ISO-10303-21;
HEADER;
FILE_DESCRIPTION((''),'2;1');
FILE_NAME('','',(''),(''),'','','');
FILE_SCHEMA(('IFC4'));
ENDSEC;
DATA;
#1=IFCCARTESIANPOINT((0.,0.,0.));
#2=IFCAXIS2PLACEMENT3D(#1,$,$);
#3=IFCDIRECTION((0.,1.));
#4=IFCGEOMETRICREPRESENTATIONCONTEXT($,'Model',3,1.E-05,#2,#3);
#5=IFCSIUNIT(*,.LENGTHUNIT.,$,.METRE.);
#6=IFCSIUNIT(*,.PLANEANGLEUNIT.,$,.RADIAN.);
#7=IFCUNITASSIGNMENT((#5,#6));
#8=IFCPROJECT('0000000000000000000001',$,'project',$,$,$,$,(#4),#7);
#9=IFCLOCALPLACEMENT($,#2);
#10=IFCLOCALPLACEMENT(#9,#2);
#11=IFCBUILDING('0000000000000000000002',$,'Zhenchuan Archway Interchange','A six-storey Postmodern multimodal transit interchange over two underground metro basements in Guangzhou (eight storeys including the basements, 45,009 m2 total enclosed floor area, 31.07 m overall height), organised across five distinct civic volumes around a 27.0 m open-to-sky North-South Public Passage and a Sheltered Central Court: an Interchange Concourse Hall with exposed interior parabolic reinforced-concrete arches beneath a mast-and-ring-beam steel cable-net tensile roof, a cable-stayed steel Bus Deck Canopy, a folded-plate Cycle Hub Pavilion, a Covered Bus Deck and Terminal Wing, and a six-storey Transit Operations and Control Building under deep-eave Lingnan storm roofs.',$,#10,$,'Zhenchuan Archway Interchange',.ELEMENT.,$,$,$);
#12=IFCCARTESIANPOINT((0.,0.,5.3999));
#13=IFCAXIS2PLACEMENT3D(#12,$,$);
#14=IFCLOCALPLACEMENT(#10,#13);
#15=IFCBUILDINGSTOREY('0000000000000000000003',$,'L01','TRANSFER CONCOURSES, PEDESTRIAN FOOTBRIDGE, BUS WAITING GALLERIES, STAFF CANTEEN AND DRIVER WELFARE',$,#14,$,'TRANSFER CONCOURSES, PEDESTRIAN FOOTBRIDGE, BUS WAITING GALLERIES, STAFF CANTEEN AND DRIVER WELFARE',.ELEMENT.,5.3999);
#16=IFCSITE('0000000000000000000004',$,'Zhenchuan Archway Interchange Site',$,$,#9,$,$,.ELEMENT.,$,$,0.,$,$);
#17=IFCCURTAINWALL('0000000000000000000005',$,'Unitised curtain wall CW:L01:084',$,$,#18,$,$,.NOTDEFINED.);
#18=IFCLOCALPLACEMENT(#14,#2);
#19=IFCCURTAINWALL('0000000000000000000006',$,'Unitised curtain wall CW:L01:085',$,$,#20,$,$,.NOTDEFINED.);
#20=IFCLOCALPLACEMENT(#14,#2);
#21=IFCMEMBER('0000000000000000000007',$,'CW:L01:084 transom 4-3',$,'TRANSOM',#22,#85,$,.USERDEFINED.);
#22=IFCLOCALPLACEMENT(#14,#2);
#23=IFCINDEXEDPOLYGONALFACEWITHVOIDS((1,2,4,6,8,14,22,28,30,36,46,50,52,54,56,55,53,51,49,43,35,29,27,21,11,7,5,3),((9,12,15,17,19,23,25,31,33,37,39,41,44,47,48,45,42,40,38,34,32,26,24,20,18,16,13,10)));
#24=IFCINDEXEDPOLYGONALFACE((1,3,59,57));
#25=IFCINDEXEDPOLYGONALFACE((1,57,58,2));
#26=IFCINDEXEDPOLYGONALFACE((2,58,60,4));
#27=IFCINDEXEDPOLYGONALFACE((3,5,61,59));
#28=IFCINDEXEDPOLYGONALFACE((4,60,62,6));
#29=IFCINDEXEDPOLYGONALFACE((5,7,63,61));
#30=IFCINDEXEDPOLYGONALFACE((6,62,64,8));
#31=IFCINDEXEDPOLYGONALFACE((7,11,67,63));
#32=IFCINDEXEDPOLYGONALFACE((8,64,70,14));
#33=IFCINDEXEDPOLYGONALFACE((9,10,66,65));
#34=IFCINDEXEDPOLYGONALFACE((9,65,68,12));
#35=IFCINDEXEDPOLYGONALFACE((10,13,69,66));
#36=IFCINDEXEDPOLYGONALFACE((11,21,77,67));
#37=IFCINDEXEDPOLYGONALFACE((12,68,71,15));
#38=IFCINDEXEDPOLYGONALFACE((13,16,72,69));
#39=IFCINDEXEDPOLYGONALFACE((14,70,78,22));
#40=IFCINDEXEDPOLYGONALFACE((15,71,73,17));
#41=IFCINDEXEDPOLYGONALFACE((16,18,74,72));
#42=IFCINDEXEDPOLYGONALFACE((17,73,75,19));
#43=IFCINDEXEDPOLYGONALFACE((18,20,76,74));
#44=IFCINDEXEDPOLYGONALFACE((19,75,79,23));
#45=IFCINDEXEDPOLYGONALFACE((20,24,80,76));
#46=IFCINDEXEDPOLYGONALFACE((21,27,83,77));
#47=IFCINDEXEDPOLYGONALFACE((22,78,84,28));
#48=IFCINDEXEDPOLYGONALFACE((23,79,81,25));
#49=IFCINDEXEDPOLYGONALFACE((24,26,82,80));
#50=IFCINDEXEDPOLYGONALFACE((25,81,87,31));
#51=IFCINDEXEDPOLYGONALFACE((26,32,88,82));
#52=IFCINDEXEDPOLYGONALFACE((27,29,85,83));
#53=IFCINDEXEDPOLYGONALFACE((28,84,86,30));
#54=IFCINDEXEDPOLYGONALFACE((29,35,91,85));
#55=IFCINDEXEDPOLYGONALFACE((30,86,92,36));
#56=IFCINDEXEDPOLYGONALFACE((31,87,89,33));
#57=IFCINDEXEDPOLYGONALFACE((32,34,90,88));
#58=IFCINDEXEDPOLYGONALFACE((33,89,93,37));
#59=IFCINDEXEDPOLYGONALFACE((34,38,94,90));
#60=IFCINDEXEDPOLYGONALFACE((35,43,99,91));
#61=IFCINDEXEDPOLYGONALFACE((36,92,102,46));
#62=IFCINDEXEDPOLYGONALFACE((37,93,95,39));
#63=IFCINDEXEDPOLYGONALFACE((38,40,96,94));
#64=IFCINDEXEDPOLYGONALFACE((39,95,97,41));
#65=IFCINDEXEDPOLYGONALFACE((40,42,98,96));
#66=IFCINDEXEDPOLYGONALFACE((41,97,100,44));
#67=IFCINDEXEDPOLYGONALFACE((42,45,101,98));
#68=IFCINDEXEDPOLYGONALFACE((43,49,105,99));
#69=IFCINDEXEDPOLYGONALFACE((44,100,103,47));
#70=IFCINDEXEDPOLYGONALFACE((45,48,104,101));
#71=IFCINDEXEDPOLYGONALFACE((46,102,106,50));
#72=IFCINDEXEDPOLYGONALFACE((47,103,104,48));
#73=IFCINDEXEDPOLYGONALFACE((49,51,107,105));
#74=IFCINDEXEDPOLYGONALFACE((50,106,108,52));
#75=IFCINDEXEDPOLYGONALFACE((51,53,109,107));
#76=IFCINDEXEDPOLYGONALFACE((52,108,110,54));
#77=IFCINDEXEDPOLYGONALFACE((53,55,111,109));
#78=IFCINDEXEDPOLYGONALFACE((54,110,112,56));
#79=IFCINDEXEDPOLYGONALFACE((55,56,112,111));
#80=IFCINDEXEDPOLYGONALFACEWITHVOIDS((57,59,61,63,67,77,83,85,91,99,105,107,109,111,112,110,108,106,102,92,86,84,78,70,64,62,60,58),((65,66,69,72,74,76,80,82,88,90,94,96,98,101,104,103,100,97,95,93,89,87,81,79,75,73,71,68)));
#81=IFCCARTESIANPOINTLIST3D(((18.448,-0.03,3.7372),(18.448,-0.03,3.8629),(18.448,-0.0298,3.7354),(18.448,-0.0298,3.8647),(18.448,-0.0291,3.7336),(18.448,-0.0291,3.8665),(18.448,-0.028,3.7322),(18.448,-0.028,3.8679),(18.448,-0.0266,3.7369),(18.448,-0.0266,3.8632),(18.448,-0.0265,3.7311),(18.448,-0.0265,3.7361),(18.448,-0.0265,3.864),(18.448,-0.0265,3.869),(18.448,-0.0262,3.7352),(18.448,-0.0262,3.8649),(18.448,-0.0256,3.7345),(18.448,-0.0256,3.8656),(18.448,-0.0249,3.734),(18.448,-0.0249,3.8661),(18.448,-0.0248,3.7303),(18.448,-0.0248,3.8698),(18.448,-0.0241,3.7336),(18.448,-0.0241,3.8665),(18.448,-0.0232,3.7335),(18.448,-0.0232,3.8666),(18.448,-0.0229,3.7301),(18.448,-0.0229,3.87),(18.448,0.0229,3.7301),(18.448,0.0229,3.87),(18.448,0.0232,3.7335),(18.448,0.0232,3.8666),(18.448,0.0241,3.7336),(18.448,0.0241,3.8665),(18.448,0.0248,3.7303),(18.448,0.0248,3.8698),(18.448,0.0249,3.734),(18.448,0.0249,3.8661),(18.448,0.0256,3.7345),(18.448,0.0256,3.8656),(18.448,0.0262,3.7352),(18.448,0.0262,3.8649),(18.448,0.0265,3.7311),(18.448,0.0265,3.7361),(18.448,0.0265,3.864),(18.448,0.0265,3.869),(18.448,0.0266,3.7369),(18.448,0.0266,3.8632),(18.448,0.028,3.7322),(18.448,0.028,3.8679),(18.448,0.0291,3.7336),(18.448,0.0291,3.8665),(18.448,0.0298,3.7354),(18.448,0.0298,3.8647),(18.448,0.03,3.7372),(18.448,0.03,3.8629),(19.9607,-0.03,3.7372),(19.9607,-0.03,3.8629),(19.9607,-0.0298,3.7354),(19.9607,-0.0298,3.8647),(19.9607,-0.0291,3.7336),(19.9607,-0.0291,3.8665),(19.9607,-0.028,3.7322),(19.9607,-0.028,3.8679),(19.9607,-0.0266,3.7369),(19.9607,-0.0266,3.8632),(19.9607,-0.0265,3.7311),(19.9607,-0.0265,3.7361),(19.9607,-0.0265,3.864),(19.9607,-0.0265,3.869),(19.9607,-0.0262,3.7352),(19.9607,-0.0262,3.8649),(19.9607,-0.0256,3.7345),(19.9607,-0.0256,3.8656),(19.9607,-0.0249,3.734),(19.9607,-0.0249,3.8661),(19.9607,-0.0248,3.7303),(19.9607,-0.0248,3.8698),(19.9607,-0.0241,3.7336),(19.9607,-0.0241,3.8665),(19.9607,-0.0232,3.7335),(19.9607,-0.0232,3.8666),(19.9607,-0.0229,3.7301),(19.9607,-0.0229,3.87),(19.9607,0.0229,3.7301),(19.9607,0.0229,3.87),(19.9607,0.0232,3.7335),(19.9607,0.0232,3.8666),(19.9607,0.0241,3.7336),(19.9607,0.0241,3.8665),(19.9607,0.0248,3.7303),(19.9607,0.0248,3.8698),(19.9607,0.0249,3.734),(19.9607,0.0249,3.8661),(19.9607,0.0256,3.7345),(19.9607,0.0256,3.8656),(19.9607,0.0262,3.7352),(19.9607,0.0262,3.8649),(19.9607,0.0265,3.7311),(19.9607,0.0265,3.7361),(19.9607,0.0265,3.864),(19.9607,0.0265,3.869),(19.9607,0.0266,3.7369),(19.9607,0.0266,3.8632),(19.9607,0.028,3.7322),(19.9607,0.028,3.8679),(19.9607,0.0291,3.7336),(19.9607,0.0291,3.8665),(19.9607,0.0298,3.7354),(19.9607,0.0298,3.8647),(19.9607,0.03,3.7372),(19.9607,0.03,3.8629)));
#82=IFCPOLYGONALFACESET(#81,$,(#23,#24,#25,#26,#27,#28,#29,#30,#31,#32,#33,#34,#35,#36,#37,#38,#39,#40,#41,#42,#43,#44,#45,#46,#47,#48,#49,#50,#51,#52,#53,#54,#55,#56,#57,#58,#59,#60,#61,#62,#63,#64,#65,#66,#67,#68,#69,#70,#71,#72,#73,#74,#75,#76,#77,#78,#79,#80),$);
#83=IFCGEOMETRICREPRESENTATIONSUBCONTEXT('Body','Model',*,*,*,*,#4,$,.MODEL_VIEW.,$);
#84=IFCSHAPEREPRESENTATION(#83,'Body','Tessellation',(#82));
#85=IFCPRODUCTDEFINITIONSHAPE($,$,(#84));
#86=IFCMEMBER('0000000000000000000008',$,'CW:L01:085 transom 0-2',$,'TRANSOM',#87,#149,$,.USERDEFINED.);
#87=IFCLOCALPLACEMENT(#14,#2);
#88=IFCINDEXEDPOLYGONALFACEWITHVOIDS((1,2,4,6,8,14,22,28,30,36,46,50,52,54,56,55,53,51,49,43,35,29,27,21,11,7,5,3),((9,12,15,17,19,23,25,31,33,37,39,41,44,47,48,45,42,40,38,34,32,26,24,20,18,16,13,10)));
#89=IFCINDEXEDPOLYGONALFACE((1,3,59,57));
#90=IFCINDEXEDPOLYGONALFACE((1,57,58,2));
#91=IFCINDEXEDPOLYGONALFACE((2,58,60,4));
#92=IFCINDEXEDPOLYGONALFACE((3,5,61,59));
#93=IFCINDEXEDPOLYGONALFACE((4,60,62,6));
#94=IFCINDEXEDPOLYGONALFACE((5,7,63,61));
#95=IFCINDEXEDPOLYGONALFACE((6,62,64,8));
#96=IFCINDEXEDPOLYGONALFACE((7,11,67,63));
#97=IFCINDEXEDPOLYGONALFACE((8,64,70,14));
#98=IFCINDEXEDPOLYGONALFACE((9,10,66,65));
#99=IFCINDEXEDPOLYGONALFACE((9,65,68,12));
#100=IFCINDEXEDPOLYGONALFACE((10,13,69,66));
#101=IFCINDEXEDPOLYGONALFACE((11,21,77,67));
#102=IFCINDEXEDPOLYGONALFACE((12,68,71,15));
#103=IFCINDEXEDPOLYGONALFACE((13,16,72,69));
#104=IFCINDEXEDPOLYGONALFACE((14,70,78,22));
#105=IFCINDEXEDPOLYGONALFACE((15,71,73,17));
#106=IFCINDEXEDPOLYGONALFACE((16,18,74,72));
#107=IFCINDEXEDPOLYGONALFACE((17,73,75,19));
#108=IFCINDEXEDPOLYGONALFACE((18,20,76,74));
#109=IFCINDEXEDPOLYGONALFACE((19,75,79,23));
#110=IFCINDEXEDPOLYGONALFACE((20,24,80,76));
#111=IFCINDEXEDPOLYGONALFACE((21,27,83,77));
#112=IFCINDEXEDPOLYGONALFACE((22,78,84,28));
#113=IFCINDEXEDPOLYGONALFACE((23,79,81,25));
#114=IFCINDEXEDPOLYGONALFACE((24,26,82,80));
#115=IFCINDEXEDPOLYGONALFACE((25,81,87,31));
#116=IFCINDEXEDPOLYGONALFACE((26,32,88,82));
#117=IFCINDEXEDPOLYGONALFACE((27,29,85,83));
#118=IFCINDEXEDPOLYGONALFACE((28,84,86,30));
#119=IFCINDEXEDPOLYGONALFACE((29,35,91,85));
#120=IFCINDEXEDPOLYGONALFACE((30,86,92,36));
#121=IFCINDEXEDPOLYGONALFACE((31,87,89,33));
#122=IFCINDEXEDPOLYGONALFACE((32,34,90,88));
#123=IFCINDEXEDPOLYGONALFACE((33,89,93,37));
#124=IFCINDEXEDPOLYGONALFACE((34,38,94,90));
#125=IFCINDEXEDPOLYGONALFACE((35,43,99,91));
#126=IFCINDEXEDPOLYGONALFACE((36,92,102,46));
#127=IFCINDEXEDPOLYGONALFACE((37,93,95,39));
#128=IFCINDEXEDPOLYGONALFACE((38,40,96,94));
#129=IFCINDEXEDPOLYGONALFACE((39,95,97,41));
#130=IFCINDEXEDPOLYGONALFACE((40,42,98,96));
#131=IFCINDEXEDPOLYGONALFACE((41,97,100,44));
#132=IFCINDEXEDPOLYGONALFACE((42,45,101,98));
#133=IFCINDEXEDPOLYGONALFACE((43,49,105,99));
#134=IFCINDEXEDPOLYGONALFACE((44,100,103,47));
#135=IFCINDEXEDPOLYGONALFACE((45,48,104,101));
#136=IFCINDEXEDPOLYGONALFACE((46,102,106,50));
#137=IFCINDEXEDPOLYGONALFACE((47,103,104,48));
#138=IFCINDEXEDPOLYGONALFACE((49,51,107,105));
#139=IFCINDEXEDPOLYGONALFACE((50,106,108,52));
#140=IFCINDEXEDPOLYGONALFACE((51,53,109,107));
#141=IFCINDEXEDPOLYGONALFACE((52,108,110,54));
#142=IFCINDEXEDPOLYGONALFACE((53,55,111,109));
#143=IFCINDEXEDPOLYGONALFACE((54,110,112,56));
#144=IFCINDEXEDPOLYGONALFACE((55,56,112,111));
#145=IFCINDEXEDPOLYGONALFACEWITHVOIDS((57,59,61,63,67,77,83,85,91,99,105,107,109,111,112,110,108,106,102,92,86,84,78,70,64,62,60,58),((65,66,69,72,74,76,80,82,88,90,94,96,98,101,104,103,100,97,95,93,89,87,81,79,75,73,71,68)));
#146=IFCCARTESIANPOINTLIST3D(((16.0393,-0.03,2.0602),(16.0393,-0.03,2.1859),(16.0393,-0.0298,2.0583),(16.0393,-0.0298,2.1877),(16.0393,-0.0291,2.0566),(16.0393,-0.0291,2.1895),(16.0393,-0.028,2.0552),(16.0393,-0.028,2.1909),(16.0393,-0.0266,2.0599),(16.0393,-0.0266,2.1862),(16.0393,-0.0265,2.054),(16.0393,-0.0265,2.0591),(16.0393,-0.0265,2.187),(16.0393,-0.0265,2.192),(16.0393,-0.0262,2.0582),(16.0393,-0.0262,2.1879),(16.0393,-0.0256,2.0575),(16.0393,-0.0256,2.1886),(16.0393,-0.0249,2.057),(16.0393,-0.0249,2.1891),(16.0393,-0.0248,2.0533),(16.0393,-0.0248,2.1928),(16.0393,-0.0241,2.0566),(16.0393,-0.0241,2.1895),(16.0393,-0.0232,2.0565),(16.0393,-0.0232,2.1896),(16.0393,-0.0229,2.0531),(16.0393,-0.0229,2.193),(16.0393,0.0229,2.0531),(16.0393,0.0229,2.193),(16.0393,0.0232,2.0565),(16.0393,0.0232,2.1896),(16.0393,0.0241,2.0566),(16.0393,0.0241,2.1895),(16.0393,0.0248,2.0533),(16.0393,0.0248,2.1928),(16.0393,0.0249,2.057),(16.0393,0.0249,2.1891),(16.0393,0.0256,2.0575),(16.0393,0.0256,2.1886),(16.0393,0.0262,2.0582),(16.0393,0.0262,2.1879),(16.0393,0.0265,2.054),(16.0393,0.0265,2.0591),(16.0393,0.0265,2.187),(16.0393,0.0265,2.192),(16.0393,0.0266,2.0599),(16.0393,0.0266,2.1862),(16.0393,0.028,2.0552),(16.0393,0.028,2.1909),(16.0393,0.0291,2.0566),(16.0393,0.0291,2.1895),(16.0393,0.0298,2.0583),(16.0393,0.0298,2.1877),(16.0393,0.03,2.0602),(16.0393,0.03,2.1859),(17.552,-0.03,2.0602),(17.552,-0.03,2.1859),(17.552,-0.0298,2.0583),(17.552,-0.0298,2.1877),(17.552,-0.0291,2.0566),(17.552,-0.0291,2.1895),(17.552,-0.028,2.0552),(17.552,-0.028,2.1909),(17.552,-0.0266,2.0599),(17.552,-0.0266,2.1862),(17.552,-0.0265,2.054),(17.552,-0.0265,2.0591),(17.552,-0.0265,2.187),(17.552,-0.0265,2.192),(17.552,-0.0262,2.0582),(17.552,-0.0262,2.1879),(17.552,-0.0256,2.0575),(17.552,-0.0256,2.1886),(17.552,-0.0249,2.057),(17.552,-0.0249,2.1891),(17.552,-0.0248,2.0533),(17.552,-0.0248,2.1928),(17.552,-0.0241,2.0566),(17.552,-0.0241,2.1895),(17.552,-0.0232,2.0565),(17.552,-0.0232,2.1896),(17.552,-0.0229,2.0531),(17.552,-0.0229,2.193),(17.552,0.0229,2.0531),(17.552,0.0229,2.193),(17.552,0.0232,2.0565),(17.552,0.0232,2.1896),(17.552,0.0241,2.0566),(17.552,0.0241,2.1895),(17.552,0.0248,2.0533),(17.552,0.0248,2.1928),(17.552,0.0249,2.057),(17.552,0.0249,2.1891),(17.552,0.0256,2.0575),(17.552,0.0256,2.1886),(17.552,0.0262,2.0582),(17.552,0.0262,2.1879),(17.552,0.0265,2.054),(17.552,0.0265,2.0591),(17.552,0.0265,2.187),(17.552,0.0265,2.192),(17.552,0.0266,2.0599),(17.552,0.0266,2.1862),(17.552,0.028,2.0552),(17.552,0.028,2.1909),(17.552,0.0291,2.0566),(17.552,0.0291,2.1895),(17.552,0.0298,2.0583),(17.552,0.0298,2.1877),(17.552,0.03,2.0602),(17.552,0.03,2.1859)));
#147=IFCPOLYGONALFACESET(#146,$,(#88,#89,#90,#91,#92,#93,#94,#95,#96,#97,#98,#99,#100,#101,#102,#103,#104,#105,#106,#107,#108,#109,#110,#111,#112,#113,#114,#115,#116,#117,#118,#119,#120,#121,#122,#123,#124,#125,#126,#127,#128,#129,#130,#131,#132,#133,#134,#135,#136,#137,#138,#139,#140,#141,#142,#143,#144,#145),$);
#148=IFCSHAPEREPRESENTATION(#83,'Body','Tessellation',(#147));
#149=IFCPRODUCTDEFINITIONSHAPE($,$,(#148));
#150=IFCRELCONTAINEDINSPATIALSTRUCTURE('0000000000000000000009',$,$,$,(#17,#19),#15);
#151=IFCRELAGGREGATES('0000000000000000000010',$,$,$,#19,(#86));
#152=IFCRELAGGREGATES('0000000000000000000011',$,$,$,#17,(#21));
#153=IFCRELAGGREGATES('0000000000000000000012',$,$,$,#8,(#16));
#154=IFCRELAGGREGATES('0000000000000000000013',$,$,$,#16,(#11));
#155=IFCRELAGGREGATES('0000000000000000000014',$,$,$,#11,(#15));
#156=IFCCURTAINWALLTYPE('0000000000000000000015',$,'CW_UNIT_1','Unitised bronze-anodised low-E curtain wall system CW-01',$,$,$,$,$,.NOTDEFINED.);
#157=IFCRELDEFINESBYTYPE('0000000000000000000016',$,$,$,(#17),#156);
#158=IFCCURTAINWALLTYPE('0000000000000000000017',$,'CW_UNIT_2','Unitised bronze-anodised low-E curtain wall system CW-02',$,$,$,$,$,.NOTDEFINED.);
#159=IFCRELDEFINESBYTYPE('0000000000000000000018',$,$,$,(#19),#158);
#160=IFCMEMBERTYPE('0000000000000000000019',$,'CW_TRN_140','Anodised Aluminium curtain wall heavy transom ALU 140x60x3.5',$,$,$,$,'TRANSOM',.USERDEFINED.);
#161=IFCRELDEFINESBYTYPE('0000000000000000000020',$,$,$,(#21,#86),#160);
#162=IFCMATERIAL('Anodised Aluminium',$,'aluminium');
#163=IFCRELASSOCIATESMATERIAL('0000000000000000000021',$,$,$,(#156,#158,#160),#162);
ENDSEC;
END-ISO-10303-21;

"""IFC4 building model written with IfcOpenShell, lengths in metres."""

from ifc_helpers import new_model, si_unit, direction, frame, origin, origin_2d, place, context, subcontext, project, spatial, hollow_rectangle, extrude, material, material_profile, profile_set, type_object, element, aggregate, save


model = new_model("IFC4")

# Units and contexts
model_context = context("Model", 3, precision=1e-05, world=origin(), true_north=direction((0.0, 1.0)))
body_context = subcontext(model_context, "Body", "Model", "MODEL_VIEW")
ifc_project = project(units=[si_unit("LENGTHUNIT", "METRE"), si_unit("PLANEANGLEUNIT", "RADIAN")], contexts=[model_context])

# Site, building, storey
site_placement = place(None, origin())
site = spatial("IfcSite", under=ifc_project, at=site_placement, Name="Zhenchuan Archway Interchange Site", CompositionType="ELEMENT", RefElevation=0.0)
building_placement = place(site_placement, origin())
building = spatial("IfcBuilding", under=site, at=building_placement, Name="Zhenchuan Archway Interchange", Description="A six-storey Postmodern multimodal transit interchange over two underground metro basements in Guangzhou (eight storeys including the basements, 45,009 m2 total enclosed floor area, 31.07 m overall height), organised across five distinct civic volumes around a 27.0 m open-to-sky North-South Public Passage and a Sheltered Central Court: an Interchange Concourse Hall with exposed interior parabolic reinforced-concrete arches beneath a mast-and-ring-beam steel cable-net tensile roof, a cable-stayed steel Bus Deck Canopy, a folded-plate Cycle Hub Pavilion, a Covered Bus Deck and Terminal Wing, and a six-storey Transit Operations and Control Building under deep-eave Lingnan storm roofs.", LongName="Zhenchuan Archway Interchange", CompositionType="ELEMENT")
storey_placement = place(building_placement, frame((0.0, 0.0, 5.3999)))
storey = spatial("IfcBuildingStorey", under=building, at=storey_placement, Name="L01", Description="TRANSFER CONCOURSES, PEDESTRIAN FOOTBRIDGE, BUS WAITING GALLERIES, STAFF CANTEEN AND DRIVER WELFARE", LongName="TRANSFER CONCOURSES, PEDESTRIAN FOOTBRIDGE, BUS WAITING GALLERIES, STAFF CANTEEN AND DRIVER WELFARE", CompositionType="ELEMENT", Elevation=5.3999)

# Curtain wall
ifc_material_1 = material(Name="Anodised Aluminium", Category="aluminium")
curtain_wall_type_1 = type_object("IfcCurtainWallType", Name="CW_UNIT_1", Description="Unitised bronze-anodised low-E curtain wall system CW-01", PredefinedType="NOTDEFINED", material=ifc_material_1)
curtain_wall_1_placement = place(storey_placement, origin())
curtain_wall_1 = element("IfcCurtainWall", 1, at=curtain_wall_1_placement, inside=storey, type_object=curtain_wall_type_1, Name="Unitised curtain wall CW:L01:084", PredefinedType="NOTDEFINED")

# Curtain wall
curtain_wall_type_2 = type_object("IfcCurtainWallType", Name="CW_UNIT_2", Description="Unitised bronze-anodised low-E curtain wall system CW-02", PredefinedType="NOTDEFINED", material=ifc_material_1)
curtain_wall_2_placement = place(storey_placement, origin())
curtain_wall_2 = element("IfcCurtainWall", 2, at=curtain_wall_2_placement, inside=storey, type_object=curtain_wall_type_2, Name="Unitised curtain wall CW:L01:085", PredefinedType="NOTDEFINED")

# Members
ifc_material_profile_1 = material_profile(ifc_material_1, hollow_rectangle(XDim=0.0601, YDim=0.1399, WallThickness=0.0034, InnerFilletRadius=0.0034, OuterFilletRadius=0.0071, at=origin_2d()), Name="ALU 140x60x3.5")
ifc_profile_set_1 = profile_set([ifc_material_profile_1], Name="Anodised Aluminium")
member_type_1 = type_object("IfcMemberType", Name="CW_TRN_140", Description="Anodised Aluminium curtain wall heavy transom ALU 140x60x3.5", ElementType="TRANSOM", PredefinedType="USERDEFINED", material=ifc_profile_set_1)
member_1_placement = place(storey_placement, frame((19.9607, 0.0, 3.8), z_axis=(-1.0, 0.0, 0.0), x_axis=(0.0, -1.0, 0.0)))
member_1 = element("IfcMember", 3, at=member_1_placement, type_object=member_type_1, Name="CW:L01:084 transom 4-3", ObjectType="TRANSOM", PredefinedType="USERDEFINED", context=body_context, shape_type="SweptSolid", body=[
    extrude(hollow_rectangle(XDim=0.0601, YDim=0.1399, WallThickness=0.0034, InnerFilletRadius=0.0034, OuterFilletRadius=0.0071, at=origin_2d()), origin(), (0.0, 0.0, 1.0), 1.5127),
])
member_2_placement = place(storey_placement, frame((17.552, 0.0, 2.123), z_axis=(-1.0, 0.0, 0.0), x_axis=(0.0, -1.0, 0.0)))
member_2 = element("IfcMember", 4, at=member_2_placement, type_object=member_type_1, Name="CW:L01:085 transom 0-2", ObjectType="TRANSOM", PredefinedType="USERDEFINED", context=body_context, shape_type="SweptSolid", body=[
    extrude(hollow_rectangle(XDim=0.0601, YDim=0.1399, WallThickness=0.0034, InnerFilletRadius=0.0034, OuterFilletRadius=0.0071, at=origin_2d()), origin(), (0.0, 0.0, 1.0), 1.5127),
])
aggregate(curtain_wall_2, [member_2])

aggregate(curtain_wall_1, [member_1])

save(model, "model.ifc")
